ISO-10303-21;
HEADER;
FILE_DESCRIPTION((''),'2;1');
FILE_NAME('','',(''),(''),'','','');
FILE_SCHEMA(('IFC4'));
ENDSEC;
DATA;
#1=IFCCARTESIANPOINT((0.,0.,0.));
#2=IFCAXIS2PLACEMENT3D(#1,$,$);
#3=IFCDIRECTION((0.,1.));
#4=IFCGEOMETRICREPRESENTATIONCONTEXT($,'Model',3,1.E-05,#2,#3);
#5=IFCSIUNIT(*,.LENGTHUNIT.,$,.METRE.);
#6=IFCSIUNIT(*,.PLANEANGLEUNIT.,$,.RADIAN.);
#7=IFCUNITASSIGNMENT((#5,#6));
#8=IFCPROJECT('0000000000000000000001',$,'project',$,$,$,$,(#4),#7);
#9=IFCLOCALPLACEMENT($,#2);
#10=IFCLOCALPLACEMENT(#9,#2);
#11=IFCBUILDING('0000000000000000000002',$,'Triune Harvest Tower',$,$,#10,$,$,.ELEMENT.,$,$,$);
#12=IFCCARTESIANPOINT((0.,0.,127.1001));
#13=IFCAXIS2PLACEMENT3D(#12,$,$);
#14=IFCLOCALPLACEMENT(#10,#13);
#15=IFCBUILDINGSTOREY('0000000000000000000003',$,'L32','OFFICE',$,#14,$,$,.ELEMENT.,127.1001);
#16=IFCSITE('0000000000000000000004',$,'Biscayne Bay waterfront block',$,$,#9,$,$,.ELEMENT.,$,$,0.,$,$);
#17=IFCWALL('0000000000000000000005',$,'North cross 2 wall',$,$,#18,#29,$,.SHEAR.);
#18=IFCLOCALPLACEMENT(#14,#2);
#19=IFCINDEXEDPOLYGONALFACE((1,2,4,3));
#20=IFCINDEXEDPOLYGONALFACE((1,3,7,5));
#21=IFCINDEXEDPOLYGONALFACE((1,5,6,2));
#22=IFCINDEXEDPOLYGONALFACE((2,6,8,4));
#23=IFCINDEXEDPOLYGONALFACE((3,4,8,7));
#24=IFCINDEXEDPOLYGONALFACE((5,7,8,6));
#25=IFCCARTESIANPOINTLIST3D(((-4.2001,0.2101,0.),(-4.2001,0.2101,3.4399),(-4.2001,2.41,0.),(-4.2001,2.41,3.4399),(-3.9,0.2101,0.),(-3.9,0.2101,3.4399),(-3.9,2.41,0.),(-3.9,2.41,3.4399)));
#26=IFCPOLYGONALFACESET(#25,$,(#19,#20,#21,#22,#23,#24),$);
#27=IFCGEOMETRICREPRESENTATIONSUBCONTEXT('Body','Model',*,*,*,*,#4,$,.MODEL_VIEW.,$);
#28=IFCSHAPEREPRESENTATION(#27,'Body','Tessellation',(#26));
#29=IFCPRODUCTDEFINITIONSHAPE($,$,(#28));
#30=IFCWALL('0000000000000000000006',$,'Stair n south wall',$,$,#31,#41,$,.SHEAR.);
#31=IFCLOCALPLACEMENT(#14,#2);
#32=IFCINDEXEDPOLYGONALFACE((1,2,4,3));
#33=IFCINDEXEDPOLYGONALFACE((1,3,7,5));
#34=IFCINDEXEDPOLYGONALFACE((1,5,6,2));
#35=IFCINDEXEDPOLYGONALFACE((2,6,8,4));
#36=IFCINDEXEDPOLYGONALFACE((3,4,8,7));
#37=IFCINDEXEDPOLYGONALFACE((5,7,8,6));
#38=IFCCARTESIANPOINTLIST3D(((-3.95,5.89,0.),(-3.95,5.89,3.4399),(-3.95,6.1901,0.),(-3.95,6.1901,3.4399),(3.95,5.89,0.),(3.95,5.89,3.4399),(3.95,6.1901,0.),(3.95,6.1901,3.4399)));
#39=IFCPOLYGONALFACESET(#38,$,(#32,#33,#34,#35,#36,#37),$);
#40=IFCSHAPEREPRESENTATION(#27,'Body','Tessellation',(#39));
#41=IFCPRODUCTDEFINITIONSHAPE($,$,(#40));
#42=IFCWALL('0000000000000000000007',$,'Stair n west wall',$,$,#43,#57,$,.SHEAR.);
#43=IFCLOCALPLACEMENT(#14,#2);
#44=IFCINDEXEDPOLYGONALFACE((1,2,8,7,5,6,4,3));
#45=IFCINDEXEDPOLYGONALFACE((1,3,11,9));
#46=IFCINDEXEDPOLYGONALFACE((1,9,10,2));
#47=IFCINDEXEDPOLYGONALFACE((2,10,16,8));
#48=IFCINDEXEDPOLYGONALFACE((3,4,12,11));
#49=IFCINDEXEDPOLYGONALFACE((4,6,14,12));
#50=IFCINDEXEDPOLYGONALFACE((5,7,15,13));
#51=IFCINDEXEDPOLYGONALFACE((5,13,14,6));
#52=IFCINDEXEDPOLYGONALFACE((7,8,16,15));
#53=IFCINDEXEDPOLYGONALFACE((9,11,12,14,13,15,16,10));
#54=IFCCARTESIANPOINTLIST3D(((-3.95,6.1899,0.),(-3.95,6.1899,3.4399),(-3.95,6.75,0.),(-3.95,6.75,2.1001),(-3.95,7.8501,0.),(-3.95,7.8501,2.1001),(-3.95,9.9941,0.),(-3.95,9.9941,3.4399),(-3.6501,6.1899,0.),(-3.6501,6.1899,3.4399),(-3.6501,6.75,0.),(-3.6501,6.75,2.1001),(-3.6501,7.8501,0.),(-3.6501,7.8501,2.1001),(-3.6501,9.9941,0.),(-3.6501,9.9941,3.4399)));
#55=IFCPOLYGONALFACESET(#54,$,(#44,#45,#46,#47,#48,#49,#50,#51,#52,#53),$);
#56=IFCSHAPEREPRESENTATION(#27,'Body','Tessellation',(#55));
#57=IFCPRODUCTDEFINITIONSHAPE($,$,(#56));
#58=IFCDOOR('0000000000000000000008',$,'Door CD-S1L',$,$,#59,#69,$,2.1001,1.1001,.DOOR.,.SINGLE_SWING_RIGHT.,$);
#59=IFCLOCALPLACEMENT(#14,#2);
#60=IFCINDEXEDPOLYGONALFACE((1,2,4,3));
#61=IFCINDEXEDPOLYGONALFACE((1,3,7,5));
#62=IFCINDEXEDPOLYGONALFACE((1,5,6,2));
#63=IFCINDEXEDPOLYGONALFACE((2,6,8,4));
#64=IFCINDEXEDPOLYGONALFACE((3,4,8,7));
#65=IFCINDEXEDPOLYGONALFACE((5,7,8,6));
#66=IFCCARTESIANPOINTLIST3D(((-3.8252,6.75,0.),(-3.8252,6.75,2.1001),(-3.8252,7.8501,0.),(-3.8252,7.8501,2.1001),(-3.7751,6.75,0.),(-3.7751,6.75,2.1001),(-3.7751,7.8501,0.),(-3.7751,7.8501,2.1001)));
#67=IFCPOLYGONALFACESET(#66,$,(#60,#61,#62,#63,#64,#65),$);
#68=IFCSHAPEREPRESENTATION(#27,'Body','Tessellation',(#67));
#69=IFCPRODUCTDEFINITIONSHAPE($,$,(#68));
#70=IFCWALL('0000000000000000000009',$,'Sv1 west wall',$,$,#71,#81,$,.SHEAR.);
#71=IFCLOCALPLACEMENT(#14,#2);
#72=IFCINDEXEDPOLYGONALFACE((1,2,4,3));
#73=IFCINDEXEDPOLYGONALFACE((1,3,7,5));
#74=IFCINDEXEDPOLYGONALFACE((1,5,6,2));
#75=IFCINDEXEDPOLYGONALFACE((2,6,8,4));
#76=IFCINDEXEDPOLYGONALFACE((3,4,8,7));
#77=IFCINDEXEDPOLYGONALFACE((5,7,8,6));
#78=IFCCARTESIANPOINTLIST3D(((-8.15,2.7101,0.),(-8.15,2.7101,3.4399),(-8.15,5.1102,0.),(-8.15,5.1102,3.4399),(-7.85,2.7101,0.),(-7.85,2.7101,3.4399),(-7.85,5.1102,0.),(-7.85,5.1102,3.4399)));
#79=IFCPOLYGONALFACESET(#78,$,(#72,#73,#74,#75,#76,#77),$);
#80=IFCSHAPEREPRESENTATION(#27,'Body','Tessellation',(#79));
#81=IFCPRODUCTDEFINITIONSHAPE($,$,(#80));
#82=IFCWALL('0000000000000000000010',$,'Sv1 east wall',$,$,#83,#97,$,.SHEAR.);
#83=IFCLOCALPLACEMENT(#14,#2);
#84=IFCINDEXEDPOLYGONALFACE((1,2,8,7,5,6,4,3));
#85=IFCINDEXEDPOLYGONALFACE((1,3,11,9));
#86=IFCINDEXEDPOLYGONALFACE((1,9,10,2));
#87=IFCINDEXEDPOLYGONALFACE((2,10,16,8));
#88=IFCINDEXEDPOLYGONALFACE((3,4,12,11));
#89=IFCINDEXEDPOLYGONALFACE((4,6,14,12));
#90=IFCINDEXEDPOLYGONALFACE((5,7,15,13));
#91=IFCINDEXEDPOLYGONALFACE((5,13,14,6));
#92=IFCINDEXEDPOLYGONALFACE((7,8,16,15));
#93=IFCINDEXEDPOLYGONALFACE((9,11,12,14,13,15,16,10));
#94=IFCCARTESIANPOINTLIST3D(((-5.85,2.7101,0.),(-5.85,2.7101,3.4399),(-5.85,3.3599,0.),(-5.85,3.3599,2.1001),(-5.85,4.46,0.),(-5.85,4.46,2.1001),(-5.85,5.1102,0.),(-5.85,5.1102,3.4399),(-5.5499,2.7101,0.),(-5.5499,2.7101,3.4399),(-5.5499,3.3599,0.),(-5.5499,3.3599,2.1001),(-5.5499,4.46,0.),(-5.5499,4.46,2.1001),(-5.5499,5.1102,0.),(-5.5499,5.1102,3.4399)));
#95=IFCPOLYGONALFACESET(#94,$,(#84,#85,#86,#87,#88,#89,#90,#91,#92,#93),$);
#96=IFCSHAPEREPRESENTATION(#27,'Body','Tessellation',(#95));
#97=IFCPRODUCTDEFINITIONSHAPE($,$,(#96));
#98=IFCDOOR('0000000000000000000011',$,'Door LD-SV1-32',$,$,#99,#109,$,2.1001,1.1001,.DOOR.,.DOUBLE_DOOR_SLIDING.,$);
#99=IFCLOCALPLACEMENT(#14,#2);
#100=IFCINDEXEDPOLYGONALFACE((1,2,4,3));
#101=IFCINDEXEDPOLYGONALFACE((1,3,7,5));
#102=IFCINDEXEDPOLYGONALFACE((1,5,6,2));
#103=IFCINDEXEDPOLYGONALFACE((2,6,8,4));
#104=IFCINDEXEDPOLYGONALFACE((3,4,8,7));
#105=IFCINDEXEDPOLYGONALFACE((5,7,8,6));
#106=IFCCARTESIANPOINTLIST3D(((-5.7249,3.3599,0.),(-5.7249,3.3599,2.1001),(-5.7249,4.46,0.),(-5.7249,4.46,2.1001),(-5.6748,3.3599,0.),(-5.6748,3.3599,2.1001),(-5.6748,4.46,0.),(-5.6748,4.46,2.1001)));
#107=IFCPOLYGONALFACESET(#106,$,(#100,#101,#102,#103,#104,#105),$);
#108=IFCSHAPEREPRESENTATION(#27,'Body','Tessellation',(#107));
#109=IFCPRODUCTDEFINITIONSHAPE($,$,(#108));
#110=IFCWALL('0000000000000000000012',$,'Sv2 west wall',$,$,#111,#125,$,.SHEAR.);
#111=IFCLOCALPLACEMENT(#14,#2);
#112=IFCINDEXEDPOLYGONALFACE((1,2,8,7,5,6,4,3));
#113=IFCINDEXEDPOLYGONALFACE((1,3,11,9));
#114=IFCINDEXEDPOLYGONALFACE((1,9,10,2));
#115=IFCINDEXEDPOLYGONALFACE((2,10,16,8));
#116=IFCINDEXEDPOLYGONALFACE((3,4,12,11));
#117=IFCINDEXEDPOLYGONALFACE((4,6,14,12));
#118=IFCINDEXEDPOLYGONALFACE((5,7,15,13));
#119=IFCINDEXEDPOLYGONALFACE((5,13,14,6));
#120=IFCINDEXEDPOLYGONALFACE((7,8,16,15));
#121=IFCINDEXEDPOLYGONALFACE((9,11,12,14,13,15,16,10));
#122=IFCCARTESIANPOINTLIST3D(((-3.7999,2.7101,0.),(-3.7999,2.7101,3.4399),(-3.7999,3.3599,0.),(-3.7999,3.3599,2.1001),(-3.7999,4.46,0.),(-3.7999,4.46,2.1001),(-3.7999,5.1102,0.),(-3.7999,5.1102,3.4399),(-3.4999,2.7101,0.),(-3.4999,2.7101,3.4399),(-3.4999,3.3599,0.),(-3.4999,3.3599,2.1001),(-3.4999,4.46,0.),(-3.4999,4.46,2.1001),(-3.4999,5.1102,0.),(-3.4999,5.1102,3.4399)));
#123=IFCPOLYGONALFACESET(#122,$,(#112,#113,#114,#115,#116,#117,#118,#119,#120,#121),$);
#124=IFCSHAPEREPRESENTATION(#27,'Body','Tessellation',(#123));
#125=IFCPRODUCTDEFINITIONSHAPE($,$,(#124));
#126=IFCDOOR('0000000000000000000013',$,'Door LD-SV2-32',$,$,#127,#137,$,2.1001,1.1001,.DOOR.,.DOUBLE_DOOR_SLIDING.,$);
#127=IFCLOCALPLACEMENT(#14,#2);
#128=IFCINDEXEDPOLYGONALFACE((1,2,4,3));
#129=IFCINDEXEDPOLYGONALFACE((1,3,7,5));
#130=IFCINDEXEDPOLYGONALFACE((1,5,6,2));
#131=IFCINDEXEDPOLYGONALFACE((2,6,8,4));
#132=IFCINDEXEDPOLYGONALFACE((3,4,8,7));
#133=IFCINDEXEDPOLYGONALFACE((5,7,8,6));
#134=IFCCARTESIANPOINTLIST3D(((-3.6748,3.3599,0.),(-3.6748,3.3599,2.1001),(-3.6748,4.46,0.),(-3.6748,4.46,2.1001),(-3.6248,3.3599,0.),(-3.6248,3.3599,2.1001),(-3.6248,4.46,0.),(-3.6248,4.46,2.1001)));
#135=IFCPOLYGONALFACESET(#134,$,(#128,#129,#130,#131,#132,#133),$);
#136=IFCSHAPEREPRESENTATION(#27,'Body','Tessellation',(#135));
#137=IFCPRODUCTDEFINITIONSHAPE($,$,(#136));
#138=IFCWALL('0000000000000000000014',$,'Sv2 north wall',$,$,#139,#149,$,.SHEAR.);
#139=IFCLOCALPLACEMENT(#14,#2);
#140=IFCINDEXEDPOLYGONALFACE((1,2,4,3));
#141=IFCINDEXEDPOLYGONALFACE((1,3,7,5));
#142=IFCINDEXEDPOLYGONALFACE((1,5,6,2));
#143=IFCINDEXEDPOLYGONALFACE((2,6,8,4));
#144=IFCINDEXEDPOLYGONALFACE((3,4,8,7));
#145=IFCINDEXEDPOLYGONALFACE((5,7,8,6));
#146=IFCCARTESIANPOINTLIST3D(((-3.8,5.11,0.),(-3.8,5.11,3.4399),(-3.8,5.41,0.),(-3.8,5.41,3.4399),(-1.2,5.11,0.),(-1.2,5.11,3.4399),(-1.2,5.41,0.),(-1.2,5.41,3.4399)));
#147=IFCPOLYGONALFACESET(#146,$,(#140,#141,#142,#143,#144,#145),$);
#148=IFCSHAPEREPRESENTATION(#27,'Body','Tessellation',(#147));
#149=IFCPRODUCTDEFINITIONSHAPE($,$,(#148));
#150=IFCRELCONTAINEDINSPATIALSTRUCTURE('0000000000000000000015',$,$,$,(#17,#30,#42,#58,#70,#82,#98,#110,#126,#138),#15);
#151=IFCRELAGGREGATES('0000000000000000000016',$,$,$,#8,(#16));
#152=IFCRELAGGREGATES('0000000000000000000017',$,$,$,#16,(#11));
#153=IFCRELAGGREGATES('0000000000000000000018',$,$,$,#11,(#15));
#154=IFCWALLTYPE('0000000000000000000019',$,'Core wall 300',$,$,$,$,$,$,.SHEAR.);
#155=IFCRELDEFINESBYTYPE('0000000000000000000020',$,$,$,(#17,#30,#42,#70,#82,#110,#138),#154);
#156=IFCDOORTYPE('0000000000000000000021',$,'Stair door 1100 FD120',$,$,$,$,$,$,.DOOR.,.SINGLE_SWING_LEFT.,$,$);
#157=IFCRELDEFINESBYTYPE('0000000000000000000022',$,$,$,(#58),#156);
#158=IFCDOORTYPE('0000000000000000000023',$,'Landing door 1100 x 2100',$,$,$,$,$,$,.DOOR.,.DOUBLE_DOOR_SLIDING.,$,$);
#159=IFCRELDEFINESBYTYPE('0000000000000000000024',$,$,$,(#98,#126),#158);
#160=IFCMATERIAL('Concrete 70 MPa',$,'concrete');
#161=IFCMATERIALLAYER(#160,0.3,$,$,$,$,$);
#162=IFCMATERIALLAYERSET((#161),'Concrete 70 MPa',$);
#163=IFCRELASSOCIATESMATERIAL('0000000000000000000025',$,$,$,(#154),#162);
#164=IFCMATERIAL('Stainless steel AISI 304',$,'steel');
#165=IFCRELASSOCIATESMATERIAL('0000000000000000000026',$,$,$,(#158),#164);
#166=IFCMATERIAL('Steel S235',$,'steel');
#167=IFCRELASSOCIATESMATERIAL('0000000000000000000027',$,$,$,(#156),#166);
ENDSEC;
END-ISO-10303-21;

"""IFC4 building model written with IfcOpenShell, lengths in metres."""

from ifc_helpers import new_model, si_unit, direction, frame, frame_2d, origin, place, context, subcontext, project, spatial, polyline, rectangle, outline, extrude, source, transform, mapped, material, layer, layer_set, type_object, element, fill, save


model = new_model("IFC4")

# Units and contexts
model_context = context("Model", 3, precision=1e-05, world=origin(), true_north=direction((0.0, 1.0)))
body_context = subcontext(model_context, "Body", "Model", "MODEL_VIEW")
ifc_project = project(units=[si_unit("LENGTHUNIT", "METRE"), si_unit("PLANEANGLEUNIT", "RADIAN")], contexts=[model_context])

# Site, building, storey
site_placement = place(None, origin())
site = spatial("IfcSite", under=ifc_project, at=site_placement, Name="Biscayne Bay waterfront block", CompositionType="ELEMENT", RefElevation=0.0)
building_placement = place(site_placement, origin())
building = spatial("IfcBuilding", under=site, at=building_placement, Name="Triune Harvest Tower", CompositionType="ELEMENT")
storey_placement = place(building_placement, frame((0.0, 0.0, 127.1001)))
storey = spatial("IfcBuildingStorey", under=building, at=storey_placement, Name="L32", Description="OFFICE", CompositionType="ELEMENT", Elevation=127.1001)

# Shared definitions
ifc_material_1 = material(Name="Concrete 70 MPa", Category="concrete")
ifc_layer_1 = layer(ifc_material_1, 0.3)
ifc_layer_set_1 = layer_set([ifc_layer_1], Name="Concrete 70 MPa")
wall_type_1 = type_object("IfcWallType", Name="Core wall 300", PredefinedType="SHEAR", material=ifc_layer_set_1)
ifc_material_2 = material(Name="Stainless steel AISI 304", Category="steel")
door_type_1 = type_object("IfcDoorType", Name="Landing door 1100 x 2100", OperationType="DOUBLE_DOOR_SLIDING", PredefinedType="DOOR", material=ifc_material_2)

# Walls
shared_shape_1 = source(origin(), body_context, "Body", "SweptSolid", [
    extrude(rectangle(XDim=2.2, YDim=0.3, at=frame_2d((1.1001, 0.0))), origin(), (0.0, 0.0, 1.0), 3.4399),
])
for number, where, z_axis, x_axis, name in (
    (1, (-4.05, 0.21, 0.0), (0.0, 0.0, 1.0), (0.0, 1.0, 0.0), "North cross 2 wall"),
):
    element("IfcWall", number, at=place(storey_placement, frame(where, z_axis=z_axis, x_axis=x_axis)), inside=storey, type_object=wall_type_1, Name=name, PredefinedType="SHEAR", context=body_context, shape_type="MappedRepresentation", body=[
        mapped(shared_shape_1, transform((0.0, 0.0, 0.0), scale=1.0)),
    ])
shared_shape_2 = source(origin(), body_context, "Body", "SweptSolid", [
    extrude(rectangle(XDim=7.8999, YDim=0.3, at=frame_2d((3.95, 0.0))), origin(), (0.0, 0.0, 1.0), 3.4399),
])
wall_1_placement = place(storey_placement, frame((-3.95, 6.04, 0.0), z_axis=(0.0, 0.0, 1.0), x_axis=(1.0, 0.0, 0.0)))
element("IfcWall", 2, at=wall_1_placement, inside=storey, type_object=wall_type_1, Name="Stair n south wall", PredefinedType="SHEAR", context=body_context, shape_type="MappedRepresentation", body=[
    mapped(shared_shape_2, transform((0.0, 0.0, 0.0), scale=1.0)),
])

# Wall, opening, door
shared_shape_3 = source(origin(), body_context, "Body", "SweptSolid", [
    extrude(outline(polyline([(0.0, -0.1499), (0.0, 0.1499), (3.8042, 0.1499), (3.8042, -0.1499), (0.0, -0.1499)])), origin(), (0.0, 0.0, 1.0), 3.4399),
])
wall_2_placement = place(storey_placement, frame((-3.8, 6.1899, 0.0), z_axis=(0.0, 0.0, 1.0), x_axis=(0.0, 1.0, 0.0)))
wall_2 = element("IfcWall", 3, at=wall_2_placement, inside=storey, type_object=wall_type_1, Name="Stair n west wall", PredefinedType="SHEAR", context=body_context, shape_type="MappedRepresentation", body=[
    mapped(shared_shape_3, transform((0.0, 0.0, 0.0), scale=1.0)),
])
opening_1_placement = place(wall_2_placement, frame((0.5601, 0.0, 0.0)))
opening_1 = element("IfcOpeningElement", 4, at=opening_1_placement, cuts=wall_2, PredefinedType="OPENING", context=body_context, shape_type="SweptSolid", body=[
    extrude(rectangle(XDim=1.1001, YDim=2.1001, at=frame_2d((0.55, 1.05))), frame((0.0, 0.1602, 0.0), z_axis=(0.0, -1.0, 0.0), x_axis=(1.0, 0.0, 0.0)), (0.0, 0.0, 1.0), 0.3201),
])
ifc_material_3 = material(Name="Steel S235", Category="steel")
door_type_2 = type_object("IfcDoorType", Name="Stair door 1100 FD120", OperationType="SINGLE_SWING_LEFT", PredefinedType="DOOR", material=ifc_material_3)
door_1_placement = place(opening_1_placement, frame((1.1001, 0.0, 0.0), z_axis=(0.0, 0.0, 1.0), x_axis=(-1.0, 0.0, 0.0)))
door_1 = element("IfcDoor", 5, at=door_1_placement, inside=storey, type_object=door_type_2, Name="Door CD-S1L", OperationType="SINGLE_SWING_RIGHT", OverallHeight=2.1001, OverallWidth=1.1001, PredefinedType="DOOR", context=body_context, shape_type="SweptSolid", body=[
    extrude(rectangle(XDim=1.1001, YDim=2.1001, at=frame_2d((0.55, 1.05))), frame((0.0, 0.0249, 0.0), z_axis=(0.0, -1.0, 0.0), x_axis=(1.0, 0.0, 0.0)), (0.0, 0.0, 1.0), 0.05),
])
fill(opening_1, door_1)

# Wall
shared_shape_4 = source(origin(), body_context, "Body", "SweptSolid", [
    extrude(rectangle(XDim=2.4001, YDim=0.3, at=frame_2d((1.2002, 0.0))), origin(), (0.0, 0.0, 1.0), 3.4399),
])
wall_3_placement = place(storey_placement, frame((-8.0, 2.71, 0.0), z_axis=(0.0, 0.0, 1.0), x_axis=(0.0, 1.0, 0.0)))
element("IfcWall", 6, at=wall_3_placement, inside=storey, type_object=wall_type_1, Name="Sv1 west wall", PredefinedType="SHEAR", context=body_context, shape_type="MappedRepresentation", body=[
    mapped(shared_shape_4, transform((0.0, 0.0, 0.0), scale=1.0)),
])

# Walls, openings, doors
wall_4_placement = place(storey_placement, frame((-5.7, 2.71, 0.0), z_axis=(0.0, 0.0, 1.0), x_axis=(0.0, 1.0, 0.0)))
wall_4 = element("IfcWall", 7, at=wall_4_placement, inside=storey, type_object=wall_type_1, Name="Sv1 east wall", PredefinedType="SHEAR", context=body_context, shape_type="MappedRepresentation", body=[
    mapped(shared_shape_4, transform((0.0, 0.0, 0.0), scale=1.0)),
])
opening_2_placement = place(wall_4_placement, frame((0.6499, 0.0, 0.0)))
opening_2 = element("IfcOpeningElement", 8, at=opening_2_placement, cuts=wall_4, PredefinedType="OPENING", context=body_context, shape_type="SweptSolid", body=[
    extrude(rectangle(XDim=1.1001, YDim=2.1001, at=frame_2d((0.55, 1.05))), frame((0.0, 0.1602, 0.0), z_axis=(0.0, -1.0, 0.0), x_axis=(1.0, 0.0, 0.0)), (0.0, 0.0, 1.0), 0.3201),
])
door_2_placement = place(opening_2_placement, origin())
door_2 = element("IfcDoor", 9, at=door_2_placement, inside=storey, type_object=door_type_1, Name="Door LD-SV1-32", OperationType="DOUBLE_DOOR_SLIDING", OverallHeight=2.1001, OverallWidth=1.1001, PredefinedType="DOOR", context=body_context, shape_type="SweptSolid", body=[
    extrude(rectangle(XDim=1.1001, YDim=2.1001, at=frame_2d((0.55, 1.05))), frame((0.0, 0.0249, 0.0), z_axis=(0.0, -1.0, 0.0), x_axis=(1.0, 0.0, 0.0)), (0.0, 0.0, 1.0), 0.05),
])
fill(opening_2, door_2)
wall_5_placement = place(storey_placement, frame((-3.6499, 2.71, 0.0), z_axis=(0.0, 0.0, 1.0), x_axis=(0.0, 1.0, 0.0)))
wall_5 = element("IfcWall", 10, at=wall_5_placement, inside=storey, type_object=wall_type_1, Name="Sv2 west wall", PredefinedType="SHEAR", context=body_context, shape_type="MappedRepresentation", body=[
    mapped(shared_shape_4, transform((0.0, 0.0, 0.0), scale=1.0)),
])
opening_3_placement = place(wall_5_placement, frame((0.6499, 0.0, 0.0)))
opening_3 = element("IfcOpeningElement", 11, at=opening_3_placement, cuts=wall_5, PredefinedType="OPENING", context=body_context, shape_type="SweptSolid", body=[
    extrude(rectangle(XDim=1.1001, YDim=2.1001, at=frame_2d((0.55, 1.05))), frame((0.0, 0.1602, 0.0), z_axis=(0.0, -1.0, 0.0), x_axis=(1.0, 0.0, 0.0)), (0.0, 0.0, 1.0), 0.3201),
])
door_3_placement = place(opening_3_placement, origin())
door_3 = element("IfcDoor", 12, at=door_3_placement, inside=storey, type_object=door_type_1, Name="Door LD-SV2-32", OperationType="DOUBLE_DOOR_SLIDING", OverallHeight=2.1001, OverallWidth=1.1001, PredefinedType="DOOR", context=body_context, shape_type="SweptSolid", body=[
    extrude(rectangle(XDim=1.1001, YDim=2.1001, at=frame_2d((0.55, 1.05))), frame((0.0, 0.0249, 0.0), z_axis=(0.0, -1.0, 0.0), x_axis=(1.0, 0.0, 0.0)), (0.0, 0.0, 1.0), 0.05),
])
fill(opening_3, door_3)

# Wall
shared_shape_5 = source(origin(), body_context, "Body", "SweptSolid", [
    extrude(rectangle(XDim=2.6001, YDim=0.3, at=frame_2d((1.3, 0.0))), origin(), (0.0, 0.0, 1.0), 3.4399),
])
wall_6_placement = place(storey_placement, frame((-3.8, 5.26, 0.0), z_axis=(0.0, 0.0, 1.0), x_axis=(1.0, 0.0, 0.0)))
element("IfcWall", 13, at=wall_6_placement, inside=storey, type_object=wall_type_1, Name="Sv2 north wall", PredefinedType="SHEAR", context=body_context, shape_type="MappedRepresentation", body=[
    mapped(shared_shape_5, transform((0.0, 0.0, 0.0), scale=1.0)),
])

save(model, "model.ifc")
